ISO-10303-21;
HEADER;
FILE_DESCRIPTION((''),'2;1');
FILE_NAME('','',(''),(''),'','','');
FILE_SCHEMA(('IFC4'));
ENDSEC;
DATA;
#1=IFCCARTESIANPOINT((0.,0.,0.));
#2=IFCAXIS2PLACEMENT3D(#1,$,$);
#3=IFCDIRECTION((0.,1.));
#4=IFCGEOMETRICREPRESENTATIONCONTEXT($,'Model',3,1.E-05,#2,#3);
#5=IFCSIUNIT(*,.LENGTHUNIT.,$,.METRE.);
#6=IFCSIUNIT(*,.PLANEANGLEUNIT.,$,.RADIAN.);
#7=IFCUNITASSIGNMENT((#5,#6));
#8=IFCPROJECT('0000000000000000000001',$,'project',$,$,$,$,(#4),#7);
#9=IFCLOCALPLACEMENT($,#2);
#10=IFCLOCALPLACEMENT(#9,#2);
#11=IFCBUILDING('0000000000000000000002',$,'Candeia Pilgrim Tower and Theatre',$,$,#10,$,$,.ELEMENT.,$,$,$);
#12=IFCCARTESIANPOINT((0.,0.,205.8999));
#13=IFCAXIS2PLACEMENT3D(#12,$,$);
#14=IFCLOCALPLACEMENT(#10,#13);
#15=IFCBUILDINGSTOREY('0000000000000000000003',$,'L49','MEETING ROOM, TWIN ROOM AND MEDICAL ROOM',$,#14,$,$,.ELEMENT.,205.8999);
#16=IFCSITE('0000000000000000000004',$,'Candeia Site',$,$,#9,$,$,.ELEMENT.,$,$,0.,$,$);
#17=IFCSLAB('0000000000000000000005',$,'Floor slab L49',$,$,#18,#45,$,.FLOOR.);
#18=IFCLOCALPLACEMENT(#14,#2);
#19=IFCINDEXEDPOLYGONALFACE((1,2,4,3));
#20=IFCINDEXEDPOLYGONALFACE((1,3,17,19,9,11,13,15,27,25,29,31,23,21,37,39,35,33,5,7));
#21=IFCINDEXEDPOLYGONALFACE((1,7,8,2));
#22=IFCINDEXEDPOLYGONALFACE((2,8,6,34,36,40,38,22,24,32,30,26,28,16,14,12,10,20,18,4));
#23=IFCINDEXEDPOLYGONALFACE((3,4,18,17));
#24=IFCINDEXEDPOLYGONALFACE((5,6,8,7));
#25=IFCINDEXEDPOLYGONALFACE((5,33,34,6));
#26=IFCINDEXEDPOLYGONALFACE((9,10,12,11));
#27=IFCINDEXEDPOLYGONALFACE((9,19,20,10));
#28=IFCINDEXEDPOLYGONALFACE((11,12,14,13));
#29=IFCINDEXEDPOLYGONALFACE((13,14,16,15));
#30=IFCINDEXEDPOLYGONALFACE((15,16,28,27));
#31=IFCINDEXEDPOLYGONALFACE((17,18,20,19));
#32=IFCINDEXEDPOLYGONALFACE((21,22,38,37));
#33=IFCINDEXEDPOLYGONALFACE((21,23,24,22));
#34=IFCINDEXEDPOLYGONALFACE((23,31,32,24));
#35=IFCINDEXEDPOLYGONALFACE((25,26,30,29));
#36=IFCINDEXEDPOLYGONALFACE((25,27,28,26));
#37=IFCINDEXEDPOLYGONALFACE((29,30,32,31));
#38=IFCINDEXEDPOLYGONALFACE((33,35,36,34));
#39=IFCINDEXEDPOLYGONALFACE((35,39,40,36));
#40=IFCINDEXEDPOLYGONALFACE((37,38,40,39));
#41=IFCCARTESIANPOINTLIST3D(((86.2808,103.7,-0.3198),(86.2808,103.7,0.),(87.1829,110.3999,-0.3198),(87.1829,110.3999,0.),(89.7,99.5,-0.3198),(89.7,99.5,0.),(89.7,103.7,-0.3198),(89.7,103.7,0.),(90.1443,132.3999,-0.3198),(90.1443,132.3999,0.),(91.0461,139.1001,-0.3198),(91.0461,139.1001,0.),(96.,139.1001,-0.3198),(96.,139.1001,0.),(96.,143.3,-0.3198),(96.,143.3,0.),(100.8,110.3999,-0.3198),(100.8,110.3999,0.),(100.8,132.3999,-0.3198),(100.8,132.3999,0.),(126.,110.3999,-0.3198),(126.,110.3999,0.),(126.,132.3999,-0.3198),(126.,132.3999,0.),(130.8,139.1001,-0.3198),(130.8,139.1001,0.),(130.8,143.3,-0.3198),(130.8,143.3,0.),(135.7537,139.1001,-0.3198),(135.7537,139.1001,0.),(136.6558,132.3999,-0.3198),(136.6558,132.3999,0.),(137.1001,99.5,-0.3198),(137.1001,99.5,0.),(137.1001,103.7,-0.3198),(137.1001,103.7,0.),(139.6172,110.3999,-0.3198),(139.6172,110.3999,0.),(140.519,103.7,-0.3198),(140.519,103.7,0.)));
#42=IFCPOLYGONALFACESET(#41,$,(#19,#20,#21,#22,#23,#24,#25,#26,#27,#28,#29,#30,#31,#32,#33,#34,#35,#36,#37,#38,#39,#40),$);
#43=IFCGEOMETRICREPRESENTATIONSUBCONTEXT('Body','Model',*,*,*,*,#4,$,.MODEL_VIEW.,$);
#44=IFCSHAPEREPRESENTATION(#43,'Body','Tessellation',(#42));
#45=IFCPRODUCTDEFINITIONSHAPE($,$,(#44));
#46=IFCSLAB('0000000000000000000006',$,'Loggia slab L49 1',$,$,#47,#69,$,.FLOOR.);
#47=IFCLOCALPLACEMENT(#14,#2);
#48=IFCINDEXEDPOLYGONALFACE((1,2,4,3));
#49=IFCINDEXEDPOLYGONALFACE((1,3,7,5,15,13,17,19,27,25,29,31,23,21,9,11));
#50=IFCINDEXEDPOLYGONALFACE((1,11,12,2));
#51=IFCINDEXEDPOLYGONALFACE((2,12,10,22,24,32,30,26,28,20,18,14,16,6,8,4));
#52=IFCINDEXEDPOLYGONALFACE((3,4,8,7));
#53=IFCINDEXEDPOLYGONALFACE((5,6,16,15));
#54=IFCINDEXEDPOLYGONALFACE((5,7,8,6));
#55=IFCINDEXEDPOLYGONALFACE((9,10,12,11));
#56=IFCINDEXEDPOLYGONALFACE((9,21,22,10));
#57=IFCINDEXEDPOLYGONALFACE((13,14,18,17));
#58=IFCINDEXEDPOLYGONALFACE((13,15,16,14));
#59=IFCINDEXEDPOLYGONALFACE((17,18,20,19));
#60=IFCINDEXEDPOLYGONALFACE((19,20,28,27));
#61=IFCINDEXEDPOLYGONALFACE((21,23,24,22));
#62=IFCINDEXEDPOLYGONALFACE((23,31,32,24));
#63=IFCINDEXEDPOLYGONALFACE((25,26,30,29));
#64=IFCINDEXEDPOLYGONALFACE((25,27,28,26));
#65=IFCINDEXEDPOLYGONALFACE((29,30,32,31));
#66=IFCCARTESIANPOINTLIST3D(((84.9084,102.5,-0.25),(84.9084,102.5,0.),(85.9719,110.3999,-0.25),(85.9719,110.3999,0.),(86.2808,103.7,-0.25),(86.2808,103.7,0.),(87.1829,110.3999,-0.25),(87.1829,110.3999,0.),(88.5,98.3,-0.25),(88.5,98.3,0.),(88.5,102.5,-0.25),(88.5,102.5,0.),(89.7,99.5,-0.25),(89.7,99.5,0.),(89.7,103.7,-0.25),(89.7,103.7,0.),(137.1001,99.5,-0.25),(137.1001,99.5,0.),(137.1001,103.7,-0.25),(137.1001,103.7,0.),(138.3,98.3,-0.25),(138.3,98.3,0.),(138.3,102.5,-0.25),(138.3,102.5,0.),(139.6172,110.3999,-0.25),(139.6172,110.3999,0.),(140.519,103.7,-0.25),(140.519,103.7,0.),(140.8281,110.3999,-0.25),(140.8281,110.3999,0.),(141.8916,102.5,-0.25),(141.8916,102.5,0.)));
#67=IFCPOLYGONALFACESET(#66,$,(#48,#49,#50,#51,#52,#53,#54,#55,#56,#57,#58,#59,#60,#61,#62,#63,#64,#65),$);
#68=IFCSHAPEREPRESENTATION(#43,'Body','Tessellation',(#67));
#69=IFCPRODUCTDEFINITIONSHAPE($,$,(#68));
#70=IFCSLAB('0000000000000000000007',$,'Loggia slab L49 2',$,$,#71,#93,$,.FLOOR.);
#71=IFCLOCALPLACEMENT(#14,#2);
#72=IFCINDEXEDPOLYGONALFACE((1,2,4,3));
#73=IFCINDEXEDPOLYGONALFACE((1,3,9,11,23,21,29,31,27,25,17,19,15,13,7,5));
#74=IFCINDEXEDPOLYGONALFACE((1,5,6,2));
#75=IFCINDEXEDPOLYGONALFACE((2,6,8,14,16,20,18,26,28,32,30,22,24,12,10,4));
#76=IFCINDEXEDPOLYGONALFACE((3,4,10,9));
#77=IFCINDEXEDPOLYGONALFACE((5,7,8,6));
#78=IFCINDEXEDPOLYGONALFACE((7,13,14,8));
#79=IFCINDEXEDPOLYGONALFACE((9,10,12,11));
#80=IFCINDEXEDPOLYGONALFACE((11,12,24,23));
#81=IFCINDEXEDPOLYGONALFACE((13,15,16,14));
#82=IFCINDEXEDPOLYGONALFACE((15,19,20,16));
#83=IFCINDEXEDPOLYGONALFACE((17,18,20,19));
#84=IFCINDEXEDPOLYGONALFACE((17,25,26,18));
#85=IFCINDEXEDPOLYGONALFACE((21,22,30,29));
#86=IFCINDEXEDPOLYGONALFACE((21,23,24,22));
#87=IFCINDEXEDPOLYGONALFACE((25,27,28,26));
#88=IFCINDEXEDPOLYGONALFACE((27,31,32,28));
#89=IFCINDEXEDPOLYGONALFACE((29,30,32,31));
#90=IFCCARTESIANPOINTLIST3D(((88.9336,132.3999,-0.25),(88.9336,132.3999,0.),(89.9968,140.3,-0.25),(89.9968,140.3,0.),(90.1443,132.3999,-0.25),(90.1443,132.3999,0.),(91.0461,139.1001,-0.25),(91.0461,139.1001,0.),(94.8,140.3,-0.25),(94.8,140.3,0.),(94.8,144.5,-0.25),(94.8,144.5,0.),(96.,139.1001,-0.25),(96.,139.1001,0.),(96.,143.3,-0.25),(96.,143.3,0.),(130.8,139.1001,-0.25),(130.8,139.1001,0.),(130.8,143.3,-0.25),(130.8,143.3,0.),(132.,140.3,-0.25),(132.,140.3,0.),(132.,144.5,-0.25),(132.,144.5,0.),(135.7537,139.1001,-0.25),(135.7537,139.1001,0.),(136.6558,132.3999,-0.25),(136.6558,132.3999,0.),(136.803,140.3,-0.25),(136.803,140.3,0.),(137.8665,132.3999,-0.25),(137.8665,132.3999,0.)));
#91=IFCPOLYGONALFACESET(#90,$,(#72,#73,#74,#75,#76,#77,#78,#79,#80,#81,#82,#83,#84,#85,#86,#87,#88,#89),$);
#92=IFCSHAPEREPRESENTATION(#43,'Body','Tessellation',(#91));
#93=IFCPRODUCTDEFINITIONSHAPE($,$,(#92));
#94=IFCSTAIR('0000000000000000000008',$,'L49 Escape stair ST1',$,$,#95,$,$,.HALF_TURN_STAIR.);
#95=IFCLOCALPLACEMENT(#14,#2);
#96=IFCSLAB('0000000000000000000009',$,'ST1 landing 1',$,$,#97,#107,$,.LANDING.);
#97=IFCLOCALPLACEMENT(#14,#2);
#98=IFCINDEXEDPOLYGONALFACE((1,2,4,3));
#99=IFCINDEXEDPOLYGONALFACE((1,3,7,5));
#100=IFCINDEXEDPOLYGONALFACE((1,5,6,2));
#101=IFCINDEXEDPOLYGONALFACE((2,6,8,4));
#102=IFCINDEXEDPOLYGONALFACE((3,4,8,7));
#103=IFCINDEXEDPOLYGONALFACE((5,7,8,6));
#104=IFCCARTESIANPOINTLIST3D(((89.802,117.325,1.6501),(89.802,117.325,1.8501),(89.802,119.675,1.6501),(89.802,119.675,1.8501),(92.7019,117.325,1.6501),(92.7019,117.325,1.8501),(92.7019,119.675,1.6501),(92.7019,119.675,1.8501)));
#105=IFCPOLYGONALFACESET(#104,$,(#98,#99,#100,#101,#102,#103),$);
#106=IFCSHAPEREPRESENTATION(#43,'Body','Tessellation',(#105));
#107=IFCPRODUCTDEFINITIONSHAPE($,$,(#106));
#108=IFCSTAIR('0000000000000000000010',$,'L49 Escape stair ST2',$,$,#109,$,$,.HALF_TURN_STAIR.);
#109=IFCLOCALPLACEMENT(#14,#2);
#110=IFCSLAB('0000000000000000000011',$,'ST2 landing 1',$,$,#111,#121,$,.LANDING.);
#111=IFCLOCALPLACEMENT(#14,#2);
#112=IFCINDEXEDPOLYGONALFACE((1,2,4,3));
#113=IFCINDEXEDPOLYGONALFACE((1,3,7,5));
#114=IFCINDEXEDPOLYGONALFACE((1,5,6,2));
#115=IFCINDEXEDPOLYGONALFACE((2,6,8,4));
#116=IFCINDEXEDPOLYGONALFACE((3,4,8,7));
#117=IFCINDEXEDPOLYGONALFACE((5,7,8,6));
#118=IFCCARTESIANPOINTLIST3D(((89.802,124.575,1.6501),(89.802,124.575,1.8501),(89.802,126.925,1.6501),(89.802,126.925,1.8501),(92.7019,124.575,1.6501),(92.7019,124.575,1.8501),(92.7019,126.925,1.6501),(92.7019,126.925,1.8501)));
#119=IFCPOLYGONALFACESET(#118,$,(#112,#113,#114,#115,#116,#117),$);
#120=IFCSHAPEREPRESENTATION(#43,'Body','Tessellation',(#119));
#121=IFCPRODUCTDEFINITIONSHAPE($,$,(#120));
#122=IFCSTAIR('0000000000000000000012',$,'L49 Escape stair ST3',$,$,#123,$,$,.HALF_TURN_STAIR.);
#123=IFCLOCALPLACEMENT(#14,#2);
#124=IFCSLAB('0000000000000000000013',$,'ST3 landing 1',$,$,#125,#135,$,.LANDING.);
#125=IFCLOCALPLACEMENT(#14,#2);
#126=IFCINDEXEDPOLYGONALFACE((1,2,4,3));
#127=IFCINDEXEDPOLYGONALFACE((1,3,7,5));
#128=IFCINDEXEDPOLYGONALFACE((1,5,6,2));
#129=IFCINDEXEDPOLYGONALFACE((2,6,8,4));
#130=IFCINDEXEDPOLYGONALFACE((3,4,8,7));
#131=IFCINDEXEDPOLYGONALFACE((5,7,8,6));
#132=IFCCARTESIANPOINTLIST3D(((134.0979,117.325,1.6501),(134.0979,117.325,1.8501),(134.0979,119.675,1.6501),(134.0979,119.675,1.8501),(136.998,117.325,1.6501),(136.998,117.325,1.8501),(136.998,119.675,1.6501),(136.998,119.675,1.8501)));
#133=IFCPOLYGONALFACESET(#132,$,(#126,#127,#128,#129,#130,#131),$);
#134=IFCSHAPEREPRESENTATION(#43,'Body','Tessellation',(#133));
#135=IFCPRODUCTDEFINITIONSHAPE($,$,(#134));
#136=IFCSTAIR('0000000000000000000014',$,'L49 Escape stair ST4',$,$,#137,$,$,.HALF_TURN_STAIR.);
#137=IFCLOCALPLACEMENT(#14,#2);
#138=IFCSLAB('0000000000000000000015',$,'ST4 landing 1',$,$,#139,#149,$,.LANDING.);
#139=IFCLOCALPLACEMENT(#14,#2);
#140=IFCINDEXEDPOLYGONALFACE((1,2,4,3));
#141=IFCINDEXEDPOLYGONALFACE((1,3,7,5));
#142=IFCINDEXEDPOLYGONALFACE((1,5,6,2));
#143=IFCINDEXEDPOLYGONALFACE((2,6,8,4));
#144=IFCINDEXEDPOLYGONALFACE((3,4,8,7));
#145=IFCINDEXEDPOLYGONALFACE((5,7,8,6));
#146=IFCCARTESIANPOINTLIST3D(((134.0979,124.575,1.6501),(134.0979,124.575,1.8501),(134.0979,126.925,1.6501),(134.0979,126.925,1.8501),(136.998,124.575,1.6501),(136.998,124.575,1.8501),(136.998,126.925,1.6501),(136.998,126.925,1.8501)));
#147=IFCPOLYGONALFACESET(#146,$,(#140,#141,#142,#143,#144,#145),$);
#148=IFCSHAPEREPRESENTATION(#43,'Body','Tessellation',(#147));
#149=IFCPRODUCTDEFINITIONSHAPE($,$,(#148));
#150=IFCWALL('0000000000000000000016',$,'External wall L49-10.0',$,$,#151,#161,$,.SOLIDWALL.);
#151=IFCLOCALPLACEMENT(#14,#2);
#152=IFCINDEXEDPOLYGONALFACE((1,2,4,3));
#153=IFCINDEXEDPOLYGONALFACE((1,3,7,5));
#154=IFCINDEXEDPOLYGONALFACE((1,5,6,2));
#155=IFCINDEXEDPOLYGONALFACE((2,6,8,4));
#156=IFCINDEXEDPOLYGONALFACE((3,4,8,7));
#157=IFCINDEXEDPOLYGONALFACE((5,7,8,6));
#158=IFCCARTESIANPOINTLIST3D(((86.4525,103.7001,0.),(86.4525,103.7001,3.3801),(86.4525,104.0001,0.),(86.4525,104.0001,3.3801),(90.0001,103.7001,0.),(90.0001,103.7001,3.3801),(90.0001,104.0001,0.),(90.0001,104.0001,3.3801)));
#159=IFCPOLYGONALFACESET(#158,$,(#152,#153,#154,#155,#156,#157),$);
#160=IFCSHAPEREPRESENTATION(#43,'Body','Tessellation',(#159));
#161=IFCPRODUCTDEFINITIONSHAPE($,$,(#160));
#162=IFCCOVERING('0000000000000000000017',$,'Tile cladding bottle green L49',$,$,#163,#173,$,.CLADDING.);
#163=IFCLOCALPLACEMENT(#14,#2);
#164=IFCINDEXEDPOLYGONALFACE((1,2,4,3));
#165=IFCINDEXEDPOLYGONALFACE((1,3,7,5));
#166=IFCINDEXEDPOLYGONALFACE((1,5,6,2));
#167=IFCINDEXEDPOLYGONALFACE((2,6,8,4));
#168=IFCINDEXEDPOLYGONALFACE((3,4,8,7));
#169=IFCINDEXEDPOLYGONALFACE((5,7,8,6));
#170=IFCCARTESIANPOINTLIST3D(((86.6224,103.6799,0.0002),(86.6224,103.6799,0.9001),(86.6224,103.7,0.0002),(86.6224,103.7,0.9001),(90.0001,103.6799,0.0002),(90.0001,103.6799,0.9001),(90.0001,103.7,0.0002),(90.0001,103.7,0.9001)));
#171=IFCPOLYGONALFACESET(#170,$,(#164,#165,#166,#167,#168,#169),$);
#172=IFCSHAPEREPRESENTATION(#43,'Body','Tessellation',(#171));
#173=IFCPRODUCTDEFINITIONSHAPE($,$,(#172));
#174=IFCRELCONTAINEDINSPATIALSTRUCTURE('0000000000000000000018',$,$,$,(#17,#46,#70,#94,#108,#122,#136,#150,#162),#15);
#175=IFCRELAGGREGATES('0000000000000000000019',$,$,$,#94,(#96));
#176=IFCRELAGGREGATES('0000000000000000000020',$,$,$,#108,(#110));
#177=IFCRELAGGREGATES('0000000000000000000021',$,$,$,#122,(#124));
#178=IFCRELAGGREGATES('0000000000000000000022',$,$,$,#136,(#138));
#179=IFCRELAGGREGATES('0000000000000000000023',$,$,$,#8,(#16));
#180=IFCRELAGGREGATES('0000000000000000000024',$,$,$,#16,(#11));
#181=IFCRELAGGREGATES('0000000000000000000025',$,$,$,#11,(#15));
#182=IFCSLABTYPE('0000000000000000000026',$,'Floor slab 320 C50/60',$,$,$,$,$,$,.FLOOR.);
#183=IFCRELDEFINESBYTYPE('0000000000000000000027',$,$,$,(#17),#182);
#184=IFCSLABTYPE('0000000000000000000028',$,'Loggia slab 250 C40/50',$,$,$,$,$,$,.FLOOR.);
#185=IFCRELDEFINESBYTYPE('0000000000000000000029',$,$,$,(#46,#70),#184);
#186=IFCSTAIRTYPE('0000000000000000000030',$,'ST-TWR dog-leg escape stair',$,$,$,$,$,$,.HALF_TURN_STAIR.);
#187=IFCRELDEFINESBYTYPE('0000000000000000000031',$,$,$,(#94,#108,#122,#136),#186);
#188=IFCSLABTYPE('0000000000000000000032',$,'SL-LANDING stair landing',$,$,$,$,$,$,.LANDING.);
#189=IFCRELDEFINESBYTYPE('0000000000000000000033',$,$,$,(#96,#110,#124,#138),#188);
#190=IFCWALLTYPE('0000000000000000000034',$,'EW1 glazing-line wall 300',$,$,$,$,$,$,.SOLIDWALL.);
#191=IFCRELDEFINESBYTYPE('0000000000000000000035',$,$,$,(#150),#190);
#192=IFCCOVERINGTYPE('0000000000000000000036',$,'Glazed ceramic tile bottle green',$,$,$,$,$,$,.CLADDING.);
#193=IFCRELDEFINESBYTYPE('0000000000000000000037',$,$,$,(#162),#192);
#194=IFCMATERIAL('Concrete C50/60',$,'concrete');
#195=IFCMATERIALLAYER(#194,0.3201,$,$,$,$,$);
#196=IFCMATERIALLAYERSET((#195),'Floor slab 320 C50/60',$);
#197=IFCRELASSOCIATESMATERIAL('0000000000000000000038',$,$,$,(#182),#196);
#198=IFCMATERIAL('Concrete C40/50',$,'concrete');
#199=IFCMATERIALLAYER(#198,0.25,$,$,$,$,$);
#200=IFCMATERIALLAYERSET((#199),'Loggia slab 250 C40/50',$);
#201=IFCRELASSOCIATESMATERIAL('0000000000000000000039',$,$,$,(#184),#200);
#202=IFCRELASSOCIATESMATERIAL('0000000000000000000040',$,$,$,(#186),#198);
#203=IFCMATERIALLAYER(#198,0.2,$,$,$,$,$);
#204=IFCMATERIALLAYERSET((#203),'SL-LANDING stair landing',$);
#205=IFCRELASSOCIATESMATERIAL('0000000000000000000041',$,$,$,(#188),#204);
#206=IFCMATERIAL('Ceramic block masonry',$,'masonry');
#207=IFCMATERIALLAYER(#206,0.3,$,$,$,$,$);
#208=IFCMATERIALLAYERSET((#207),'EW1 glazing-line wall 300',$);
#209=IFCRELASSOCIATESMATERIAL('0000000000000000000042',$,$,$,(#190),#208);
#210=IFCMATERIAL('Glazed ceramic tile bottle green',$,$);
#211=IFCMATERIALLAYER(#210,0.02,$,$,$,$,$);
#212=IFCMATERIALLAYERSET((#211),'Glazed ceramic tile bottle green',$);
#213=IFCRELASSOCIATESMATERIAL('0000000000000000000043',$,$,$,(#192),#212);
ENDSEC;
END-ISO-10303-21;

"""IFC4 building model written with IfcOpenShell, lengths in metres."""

from ifc_helpers import new_model, si_unit, direction, frame, frame_2d, origin, origin_2d, place, context, subcontext, project, spatial, polyline, rectangle, outline, extrude, material, layer, layer_set, type_object, element, aggregate, save


model = new_model("IFC4")

# Units and contexts
model_context = context("Model", 3, precision=1e-05, world=origin(), true_north=direction((0.0, 1.0)))
body_context = subcontext(model_context, "Body", "Model", "MODEL_VIEW")
ifc_project = project(units=[si_unit("LENGTHUNIT", "METRE"), si_unit("PLANEANGLEUNIT", "RADIAN")], contexts=[model_context])

# Site, building, storey
site_placement = place(None, origin())
site = spatial("IfcSite", under=ifc_project, at=site_placement, Name="Candeia Site", CompositionType="ELEMENT", RefElevation=0.0)
building_placement = place(site_placement, origin())
building = spatial("IfcBuilding", under=site, at=building_placement, Name="Candeia Pilgrim Tower and Theatre", CompositionType="ELEMENT")
storey_placement = place(building_placement, frame((0.0, 0.0, 205.8999)))
storey = spatial("IfcBuildingStorey", under=building, at=storey_placement, Name="L49", Description="MEETING ROOM, TWIN ROOM AND MEDICAL ROOM", CompositionType="ELEMENT", Elevation=205.8999)

# Shared definitions
ifc_material_1 = material(Name="Concrete C50/60", Category="concrete")

# Slabs
ifc_material_2 = material(Name="Concrete C40/50", Category="concrete")
ifc_layer_1 = layer(ifc_material_1, 0.3201)
ifc_layer_set_1 = layer_set([ifc_layer_1], Name="Floor slab 320 C50/60")
slab_type_1 = type_object("IfcSlabType", Name="Floor slab 320 C50/60", PredefinedType="FLOOR", material=ifc_layer_set_1)
slab_1_placement = place(storey_placement, frame((0.0, 0.0, -0.3198)))
element("IfcSlab", 1, at=slab_1_placement, inside=storey, type_object=slab_type_1, Name="Floor slab L49", PredefinedType="FLOOR", context=body_context, shape_type="SweptSolid", body=[
    extrude(outline(polyline([(96.0, 139.1001), (96.0, 143.3), (130.8, 143.3), (130.8, 139.1001), (135.7537, 139.1001), (136.6558, 132.3999), (126.0, 132.3999), (126.0, 110.3999), (139.6172, 110.3999), (140.519, 103.7), (137.1001, 103.7), (137.1001, 99.5), (89.7, 99.5), (89.7, 103.7), (86.2808, 103.7), (87.1829, 110.3999), (100.8, 110.3999), (100.8, 132.3999), (90.1443, 132.3999), (91.0461, 139.1001), (96.0, 139.1001)])), origin(), (0.0, 0.0, 1.0), 0.3198),
])
ifc_layer_2 = layer(ifc_material_2, 0.25)
ifc_layer_set_2 = layer_set([ifc_layer_2], Name="Loggia slab 250 C40/50")
slab_type_2 = type_object("IfcSlabType", Name="Loggia slab 250 C40/50", PredefinedType="FLOOR", material=ifc_layer_set_2)
slab_2_placement = place(storey_placement, frame((0.0, 0.0, -0.25)))
element("IfcSlab", 2, at=slab_2_placement, inside=storey, type_object=slab_type_2, Name="Loggia slab L49 1", PredefinedType="FLOOR", context=body_context, shape_type="SweptSolid", body=[
    extrude(outline(polyline([(87.1829, 110.3999), (86.2808, 103.7), (89.7, 103.7), (89.7, 99.5), (137.1001, 99.5), (137.1001, 103.7), (140.519, 103.7), (139.6172, 110.3999), (140.8281, 110.3999), (141.8916, 102.5), (138.3, 102.5), (138.3, 98.3), (88.5, 98.3), (88.5, 102.5), (84.9084, 102.5), (85.9719, 110.3999), (87.1829, 110.3999)])), origin(), (0.0, 0.0, 1.0), 0.25),
])
slab_3_placement = place(storey_placement, frame((0.0, 0.0, -0.25)))
element("IfcSlab", 3, at=slab_3_placement, inside=storey, type_object=slab_type_2, Name="Loggia slab L49 2", PredefinedType="FLOOR", context=body_context, shape_type="SweptSolid", body=[
    extrude(outline(polyline([(136.6558, 132.3999), (135.7537, 139.1001), (130.8, 139.1001), (130.8, 143.3), (96.0, 143.3), (96.0, 139.1001), (91.0461, 139.1001), (90.1443, 132.3999), (88.9336, 132.3999), (89.9968, 140.3), (94.8, 140.3), (94.8, 144.5), (132.0, 144.5), (132.0, 140.3), (136.803, 140.3), (137.8665, 132.3999), (136.6558, 132.3999)])), origin(), (0.0, 0.0, 1.0), 0.25),
])

# Stairs, slabs
stair_type = type_object("IfcStairType", Name="ST-TWR dog-leg escape stair", PredefinedType="HALF_TURN_STAIR", material=ifc_material_2)
stair_1_placement = place(storey_placement, origin())
stair_1 = element("IfcStair", 4, at=stair_1_placement, inside=storey, type_object=stair_type, Name="L49 Escape stair ST1", PredefinedType="HALF_TURN_STAIR")
ifc_layer_3 = layer(ifc_material_2, 0.2)
ifc_layer_set_3 = layer_set([ifc_layer_3], Name="SL-LANDING stair landing")
slab_type_3 = type_object("IfcSlabType", Name="SL-LANDING stair landing", PredefinedType="LANDING", material=ifc_layer_set_3)
slab_4_placement = place(storey_placement, frame((0.0, 0.0, 1.6501)))
slab_4 = element("IfcSlab", 5, at=slab_4_placement, type_object=slab_type_3, Name="ST1 landing 1", PredefinedType="LANDING", context=body_context, shape_type="SweptSolid", body=[
    extrude(outline(polyline([(89.802, 119.675), (89.802, 117.325), (92.7019, 117.325), (92.7019, 119.675), (89.802, 119.675)])), origin(), (0.0, 0.0, 1.0), 0.2),
])
aggregate(stair_1, [slab_4])
stair_2_placement = place(storey_placement, origin())
stair_2 = element("IfcStair", 6, at=stair_2_placement, inside=storey, type_object=stair_type, Name="L49 Escape stair ST2", PredefinedType="HALF_TURN_STAIR")
slab_5_placement = place(storey_placement, frame((0.0, 0.0, 1.6501)))
slab_5 = element("IfcSlab", 7, at=slab_5_placement, type_object=slab_type_3, Name="ST2 landing 1", PredefinedType="LANDING", context=body_context, shape_type="SweptSolid", body=[
    extrude(outline(polyline([(89.802, 126.925), (89.802, 124.575), (92.7019, 124.575), (92.7019, 126.925), (89.802, 126.925)])), origin(), (0.0, 0.0, 1.0), 0.2),
])
aggregate(stair_2, [slab_5])
stair_3_placement = place(storey_placement, origin())
stair_3 = element("IfcStair", 8, at=stair_3_placement, inside=storey, type_object=stair_type, Name="L49 Escape stair ST3", PredefinedType="HALF_TURN_STAIR")
slab_6_placement = place(storey_placement, frame((0.0, 0.0, 1.6501)))
slab_6 = element("IfcSlab", 9, at=slab_6_placement, type_object=slab_type_3, Name="ST3 landing 1", PredefinedType="LANDING", context=body_context, shape_type="SweptSolid", body=[
    extrude(outline(polyline([(134.0979, 119.675), (134.0979, 117.325), (136.998, 117.325), (136.998, 119.675), (134.0979, 119.675)])), origin(), (0.0, 0.0, 1.0), 0.2),
])
aggregate(stair_3, [slab_6])
stair_4_placement = place(storey_placement, origin())
stair_4 = element("IfcStair", 10, at=stair_4_placement, inside=storey, type_object=stair_type, Name="L49 Escape stair ST4", PredefinedType="HALF_TURN_STAIR")
slab_7_placement = place(storey_placement, frame((0.0, 0.0, 1.6501)))
slab_7 = element("IfcSlab", 11, at=slab_7_placement, type_object=slab_type_3, Name="ST4 landing 1", PredefinedType="LANDING", context=body_context, shape_type="SweptSolid", body=[
    extrude(outline(polyline([(134.0979, 126.925), (134.0979, 124.575), (136.998, 124.575), (136.998, 126.925), (134.0979, 126.925)])), origin(), (0.0, 0.0, 1.0), 0.2),
])
aggregate(stair_4, [slab_7])

# Wall
ifc_material_3 = material(Name="Ceramic block masonry", Category="masonry")
ifc_layer_4 = layer(ifc_material_3, 0.3)
ifc_layer_set_4 = layer_set([ifc_layer_4], Name="EW1 glazing-line wall 300")
wall_type = type_object("IfcWallType", Name="EW1 glazing-line wall 300", PredefinedType="SOLIDWALL", material=ifc_layer_set_4)
wall_placement = place(storey_placement, frame((86.4524, 103.8501, 0.0), z_axis=(0.0, 0.0, 1.0), x_axis=(1.0, 0.0, 0.0)))
element("IfcWall", 12, at=wall_placement, inside=storey, type_object=wall_type, Name="External wall L49-10.0", PredefinedType="SOLIDWALL", context=body_context, shape_type="SweptSolid", body=[
    extrude(rectangle(XDim=3.5476, YDim=0.3, at=frame_2d((1.7739, 0.0))), origin(), (0.0, 0.0, 1.0), 3.3801),
])

# Covering
ifc_material_4 = material(Name="Glazed ceramic tile bottle green")
ifc_layer_5 = layer(ifc_material_4, 0.02)
ifc_layer_set_5 = layer_set([ifc_layer_5], Name="Glazed ceramic tile bottle green")
covering_type = type_object("IfcCoveringType", Name="Glazed ceramic tile bottle green", PredefinedType="CLADDING", material=ifc_layer_set_5)
covering_placement = place(storey_placement, frame((88.3113, 103.6899, 0.0002), z_axis=(0.0, 0.0, 1.0), x_axis=(1.0, 0.0, 0.0)))
element("IfcCovering", 13, at=covering_placement, inside=storey, type_object=covering_type, Name="Tile cladding bottle green L49", PredefinedType="CLADDING", context=body_context, shape_type="SweptSolid", body=[
    extrude(rectangle(XDim=3.3777, YDim=0.02, at=origin_2d()), origin(), (0.0, 0.0, 1.0), 0.8999),
])

save(model, "model.ifc")
